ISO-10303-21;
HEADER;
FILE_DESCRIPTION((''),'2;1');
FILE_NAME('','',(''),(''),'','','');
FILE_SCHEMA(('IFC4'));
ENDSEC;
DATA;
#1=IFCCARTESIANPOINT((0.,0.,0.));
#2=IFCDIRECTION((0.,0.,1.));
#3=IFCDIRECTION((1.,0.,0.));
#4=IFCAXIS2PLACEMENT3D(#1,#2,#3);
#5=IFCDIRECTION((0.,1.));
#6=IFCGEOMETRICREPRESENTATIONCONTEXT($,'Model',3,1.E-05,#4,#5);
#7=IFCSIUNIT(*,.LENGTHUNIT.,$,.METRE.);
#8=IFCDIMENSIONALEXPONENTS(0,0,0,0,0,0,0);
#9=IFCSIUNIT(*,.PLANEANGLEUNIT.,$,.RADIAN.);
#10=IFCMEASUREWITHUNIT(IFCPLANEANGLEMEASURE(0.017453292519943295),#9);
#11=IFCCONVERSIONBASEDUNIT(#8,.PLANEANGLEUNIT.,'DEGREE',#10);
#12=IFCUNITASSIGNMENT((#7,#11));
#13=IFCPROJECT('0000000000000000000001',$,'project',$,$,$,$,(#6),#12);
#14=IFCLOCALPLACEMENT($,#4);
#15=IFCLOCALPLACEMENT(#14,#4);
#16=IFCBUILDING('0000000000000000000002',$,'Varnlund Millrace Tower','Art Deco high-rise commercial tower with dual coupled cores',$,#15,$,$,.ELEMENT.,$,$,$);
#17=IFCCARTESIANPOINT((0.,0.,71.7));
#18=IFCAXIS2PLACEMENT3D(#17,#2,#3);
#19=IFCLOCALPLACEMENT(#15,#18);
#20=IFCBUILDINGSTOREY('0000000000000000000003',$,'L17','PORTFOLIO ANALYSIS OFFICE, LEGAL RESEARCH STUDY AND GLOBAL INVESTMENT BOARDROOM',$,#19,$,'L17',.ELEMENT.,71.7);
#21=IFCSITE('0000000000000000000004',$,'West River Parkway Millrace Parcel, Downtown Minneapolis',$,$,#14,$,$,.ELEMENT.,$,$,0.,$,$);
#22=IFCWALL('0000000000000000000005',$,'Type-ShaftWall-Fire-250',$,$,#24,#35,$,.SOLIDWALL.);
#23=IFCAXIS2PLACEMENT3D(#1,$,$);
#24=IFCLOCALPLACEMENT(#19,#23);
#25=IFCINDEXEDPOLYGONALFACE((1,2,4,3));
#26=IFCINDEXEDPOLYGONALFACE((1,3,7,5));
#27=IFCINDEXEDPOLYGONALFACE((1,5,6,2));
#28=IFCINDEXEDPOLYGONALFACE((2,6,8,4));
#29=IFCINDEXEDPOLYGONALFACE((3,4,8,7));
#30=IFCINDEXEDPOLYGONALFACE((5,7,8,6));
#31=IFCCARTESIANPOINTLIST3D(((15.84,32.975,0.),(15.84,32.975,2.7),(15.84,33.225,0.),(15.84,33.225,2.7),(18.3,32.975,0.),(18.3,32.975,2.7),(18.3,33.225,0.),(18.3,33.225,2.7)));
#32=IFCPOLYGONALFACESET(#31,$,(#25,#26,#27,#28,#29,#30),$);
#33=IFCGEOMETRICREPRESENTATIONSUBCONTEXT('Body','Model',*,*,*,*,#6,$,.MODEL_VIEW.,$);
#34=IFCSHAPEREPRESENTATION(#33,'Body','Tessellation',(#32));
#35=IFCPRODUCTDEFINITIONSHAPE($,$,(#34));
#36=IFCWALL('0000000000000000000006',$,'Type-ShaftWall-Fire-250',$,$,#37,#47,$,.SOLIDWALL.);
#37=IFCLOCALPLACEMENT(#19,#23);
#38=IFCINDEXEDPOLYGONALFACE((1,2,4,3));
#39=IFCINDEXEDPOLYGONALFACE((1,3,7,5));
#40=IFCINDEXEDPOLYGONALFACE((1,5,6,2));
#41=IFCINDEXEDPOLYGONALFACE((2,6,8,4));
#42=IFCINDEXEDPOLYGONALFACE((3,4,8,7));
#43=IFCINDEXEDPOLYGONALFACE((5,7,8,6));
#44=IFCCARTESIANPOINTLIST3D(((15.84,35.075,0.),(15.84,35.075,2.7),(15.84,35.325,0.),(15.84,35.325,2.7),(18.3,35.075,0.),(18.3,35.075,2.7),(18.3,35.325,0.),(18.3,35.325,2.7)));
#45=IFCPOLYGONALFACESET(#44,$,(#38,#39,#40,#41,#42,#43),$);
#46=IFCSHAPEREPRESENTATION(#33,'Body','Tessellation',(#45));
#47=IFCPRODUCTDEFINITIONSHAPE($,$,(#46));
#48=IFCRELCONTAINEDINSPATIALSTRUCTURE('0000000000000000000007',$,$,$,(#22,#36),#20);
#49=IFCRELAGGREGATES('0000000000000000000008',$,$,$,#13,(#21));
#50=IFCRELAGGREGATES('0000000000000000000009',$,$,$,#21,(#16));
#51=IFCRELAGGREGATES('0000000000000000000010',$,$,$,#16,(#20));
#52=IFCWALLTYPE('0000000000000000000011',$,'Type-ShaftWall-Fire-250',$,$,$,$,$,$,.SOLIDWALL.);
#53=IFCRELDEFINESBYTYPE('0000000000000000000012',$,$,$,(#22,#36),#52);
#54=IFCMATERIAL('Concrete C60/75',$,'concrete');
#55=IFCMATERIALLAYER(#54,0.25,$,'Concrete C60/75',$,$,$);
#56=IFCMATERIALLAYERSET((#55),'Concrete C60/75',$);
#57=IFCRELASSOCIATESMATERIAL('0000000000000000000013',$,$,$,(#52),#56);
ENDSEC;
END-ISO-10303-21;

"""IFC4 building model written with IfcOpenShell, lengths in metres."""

from ifc_helpers import new_model, entity, si_unit, converted_unit, direction, frame, origin_with_axes, place, context, subcontext, project, spatial, polyline, outline, extrude, material, layer, layer_set, type_object, element, save


model = new_model("IFC4")

# Units and contexts
model_context = context("Model", 3, precision=1e-05, world=origin_with_axes(), true_north=direction((0.0, 1.0)))
body_context = subcontext(model_context, "Body", "Model", "MODEL_VIEW")
ifc_project = project(units=[si_unit("LENGTHUNIT", "METRE"), converted_unit("PLANEANGLEUNIT", "DEGREE", entity("IfcPlaneAngleMeasure", 0.017453292519943295), si_unit("PLANEANGLEUNIT", "RADIAN"), dimensions=[0, 0, 0, 0, 0, 0, 0])], contexts=[model_context])

# Site, building, storey
site_placement = place(None, origin_with_axes())
site = spatial("IfcSite", under=ifc_project, at=site_placement, Name="West River Parkway Millrace Parcel, Downtown Minneapolis", CompositionType="ELEMENT", RefElevation=0.0)
building_placement = place(site_placement, origin_with_axes())
building = spatial("IfcBuilding", under=site, at=building_placement, Name="Varnlund Millrace Tower", Description="Art Deco high-rise commercial tower with dual coupled cores", CompositionType="ELEMENT")
storey_placement = place(building_placement, frame((0.0, 0.0, 71.7), z_axis=(0.0, 0.0, 1.0), x_axis=(1.0, 0.0, 0.0)))
storey = spatial("IfcBuildingStorey", under=building, at=storey_placement, Name="L17", Description="PORTFOLIO ANALYSIS OFFICE, LEGAL RESEARCH STUDY AND GLOBAL INVESTMENT BOARDROOM", LongName="L17", CompositionType="ELEMENT", Elevation=71.7)

# Walls
ifc_material_1 = material(Name="Concrete C60/75", Category="concrete")
ifc_layer_1 = layer(ifc_material_1, 0.25, Name="Concrete C60/75")
ifc_layer_set_1 = layer_set([ifc_layer_1], Name="Concrete C60/75")
wall_type_1 = type_object("IfcWallType", Name="Type-ShaftWall-Fire-250", PredefinedType="SOLIDWALL", material=ifc_layer_set_1)
for number, where, z_axis, x_axis, name in (
    (1, (15.84, 33.1, 0.0), (0.0, 0.0, 1.0), (1.0, 0.0, 0.0), "Type-ShaftWall-Fire-250"),
    (2, (15.84, 35.2, 0.0), (0.0, 0.0, 1.0), (1.0, 0.0, 0.0), "Type-ShaftWall-Fire-250"),
):
    element("IfcWall", number, at=place(storey_placement, frame(where, z_axis=z_axis, x_axis=x_axis)), inside=storey, type_object=wall_type_1, Name=name, PredefinedType="SOLIDWALL", context=body_context, shape_type="SweptSolid", body=[
        extrude(outline(polyline([(0.0, -0.125), (2.46, -0.125), (2.46, 0.125), (0.0, 0.125), (0.0, -0.125)])), origin_with_axes(), (0.0, 0.0, 1.0), 2.7),
    ])

save(model, "model.ifc")
